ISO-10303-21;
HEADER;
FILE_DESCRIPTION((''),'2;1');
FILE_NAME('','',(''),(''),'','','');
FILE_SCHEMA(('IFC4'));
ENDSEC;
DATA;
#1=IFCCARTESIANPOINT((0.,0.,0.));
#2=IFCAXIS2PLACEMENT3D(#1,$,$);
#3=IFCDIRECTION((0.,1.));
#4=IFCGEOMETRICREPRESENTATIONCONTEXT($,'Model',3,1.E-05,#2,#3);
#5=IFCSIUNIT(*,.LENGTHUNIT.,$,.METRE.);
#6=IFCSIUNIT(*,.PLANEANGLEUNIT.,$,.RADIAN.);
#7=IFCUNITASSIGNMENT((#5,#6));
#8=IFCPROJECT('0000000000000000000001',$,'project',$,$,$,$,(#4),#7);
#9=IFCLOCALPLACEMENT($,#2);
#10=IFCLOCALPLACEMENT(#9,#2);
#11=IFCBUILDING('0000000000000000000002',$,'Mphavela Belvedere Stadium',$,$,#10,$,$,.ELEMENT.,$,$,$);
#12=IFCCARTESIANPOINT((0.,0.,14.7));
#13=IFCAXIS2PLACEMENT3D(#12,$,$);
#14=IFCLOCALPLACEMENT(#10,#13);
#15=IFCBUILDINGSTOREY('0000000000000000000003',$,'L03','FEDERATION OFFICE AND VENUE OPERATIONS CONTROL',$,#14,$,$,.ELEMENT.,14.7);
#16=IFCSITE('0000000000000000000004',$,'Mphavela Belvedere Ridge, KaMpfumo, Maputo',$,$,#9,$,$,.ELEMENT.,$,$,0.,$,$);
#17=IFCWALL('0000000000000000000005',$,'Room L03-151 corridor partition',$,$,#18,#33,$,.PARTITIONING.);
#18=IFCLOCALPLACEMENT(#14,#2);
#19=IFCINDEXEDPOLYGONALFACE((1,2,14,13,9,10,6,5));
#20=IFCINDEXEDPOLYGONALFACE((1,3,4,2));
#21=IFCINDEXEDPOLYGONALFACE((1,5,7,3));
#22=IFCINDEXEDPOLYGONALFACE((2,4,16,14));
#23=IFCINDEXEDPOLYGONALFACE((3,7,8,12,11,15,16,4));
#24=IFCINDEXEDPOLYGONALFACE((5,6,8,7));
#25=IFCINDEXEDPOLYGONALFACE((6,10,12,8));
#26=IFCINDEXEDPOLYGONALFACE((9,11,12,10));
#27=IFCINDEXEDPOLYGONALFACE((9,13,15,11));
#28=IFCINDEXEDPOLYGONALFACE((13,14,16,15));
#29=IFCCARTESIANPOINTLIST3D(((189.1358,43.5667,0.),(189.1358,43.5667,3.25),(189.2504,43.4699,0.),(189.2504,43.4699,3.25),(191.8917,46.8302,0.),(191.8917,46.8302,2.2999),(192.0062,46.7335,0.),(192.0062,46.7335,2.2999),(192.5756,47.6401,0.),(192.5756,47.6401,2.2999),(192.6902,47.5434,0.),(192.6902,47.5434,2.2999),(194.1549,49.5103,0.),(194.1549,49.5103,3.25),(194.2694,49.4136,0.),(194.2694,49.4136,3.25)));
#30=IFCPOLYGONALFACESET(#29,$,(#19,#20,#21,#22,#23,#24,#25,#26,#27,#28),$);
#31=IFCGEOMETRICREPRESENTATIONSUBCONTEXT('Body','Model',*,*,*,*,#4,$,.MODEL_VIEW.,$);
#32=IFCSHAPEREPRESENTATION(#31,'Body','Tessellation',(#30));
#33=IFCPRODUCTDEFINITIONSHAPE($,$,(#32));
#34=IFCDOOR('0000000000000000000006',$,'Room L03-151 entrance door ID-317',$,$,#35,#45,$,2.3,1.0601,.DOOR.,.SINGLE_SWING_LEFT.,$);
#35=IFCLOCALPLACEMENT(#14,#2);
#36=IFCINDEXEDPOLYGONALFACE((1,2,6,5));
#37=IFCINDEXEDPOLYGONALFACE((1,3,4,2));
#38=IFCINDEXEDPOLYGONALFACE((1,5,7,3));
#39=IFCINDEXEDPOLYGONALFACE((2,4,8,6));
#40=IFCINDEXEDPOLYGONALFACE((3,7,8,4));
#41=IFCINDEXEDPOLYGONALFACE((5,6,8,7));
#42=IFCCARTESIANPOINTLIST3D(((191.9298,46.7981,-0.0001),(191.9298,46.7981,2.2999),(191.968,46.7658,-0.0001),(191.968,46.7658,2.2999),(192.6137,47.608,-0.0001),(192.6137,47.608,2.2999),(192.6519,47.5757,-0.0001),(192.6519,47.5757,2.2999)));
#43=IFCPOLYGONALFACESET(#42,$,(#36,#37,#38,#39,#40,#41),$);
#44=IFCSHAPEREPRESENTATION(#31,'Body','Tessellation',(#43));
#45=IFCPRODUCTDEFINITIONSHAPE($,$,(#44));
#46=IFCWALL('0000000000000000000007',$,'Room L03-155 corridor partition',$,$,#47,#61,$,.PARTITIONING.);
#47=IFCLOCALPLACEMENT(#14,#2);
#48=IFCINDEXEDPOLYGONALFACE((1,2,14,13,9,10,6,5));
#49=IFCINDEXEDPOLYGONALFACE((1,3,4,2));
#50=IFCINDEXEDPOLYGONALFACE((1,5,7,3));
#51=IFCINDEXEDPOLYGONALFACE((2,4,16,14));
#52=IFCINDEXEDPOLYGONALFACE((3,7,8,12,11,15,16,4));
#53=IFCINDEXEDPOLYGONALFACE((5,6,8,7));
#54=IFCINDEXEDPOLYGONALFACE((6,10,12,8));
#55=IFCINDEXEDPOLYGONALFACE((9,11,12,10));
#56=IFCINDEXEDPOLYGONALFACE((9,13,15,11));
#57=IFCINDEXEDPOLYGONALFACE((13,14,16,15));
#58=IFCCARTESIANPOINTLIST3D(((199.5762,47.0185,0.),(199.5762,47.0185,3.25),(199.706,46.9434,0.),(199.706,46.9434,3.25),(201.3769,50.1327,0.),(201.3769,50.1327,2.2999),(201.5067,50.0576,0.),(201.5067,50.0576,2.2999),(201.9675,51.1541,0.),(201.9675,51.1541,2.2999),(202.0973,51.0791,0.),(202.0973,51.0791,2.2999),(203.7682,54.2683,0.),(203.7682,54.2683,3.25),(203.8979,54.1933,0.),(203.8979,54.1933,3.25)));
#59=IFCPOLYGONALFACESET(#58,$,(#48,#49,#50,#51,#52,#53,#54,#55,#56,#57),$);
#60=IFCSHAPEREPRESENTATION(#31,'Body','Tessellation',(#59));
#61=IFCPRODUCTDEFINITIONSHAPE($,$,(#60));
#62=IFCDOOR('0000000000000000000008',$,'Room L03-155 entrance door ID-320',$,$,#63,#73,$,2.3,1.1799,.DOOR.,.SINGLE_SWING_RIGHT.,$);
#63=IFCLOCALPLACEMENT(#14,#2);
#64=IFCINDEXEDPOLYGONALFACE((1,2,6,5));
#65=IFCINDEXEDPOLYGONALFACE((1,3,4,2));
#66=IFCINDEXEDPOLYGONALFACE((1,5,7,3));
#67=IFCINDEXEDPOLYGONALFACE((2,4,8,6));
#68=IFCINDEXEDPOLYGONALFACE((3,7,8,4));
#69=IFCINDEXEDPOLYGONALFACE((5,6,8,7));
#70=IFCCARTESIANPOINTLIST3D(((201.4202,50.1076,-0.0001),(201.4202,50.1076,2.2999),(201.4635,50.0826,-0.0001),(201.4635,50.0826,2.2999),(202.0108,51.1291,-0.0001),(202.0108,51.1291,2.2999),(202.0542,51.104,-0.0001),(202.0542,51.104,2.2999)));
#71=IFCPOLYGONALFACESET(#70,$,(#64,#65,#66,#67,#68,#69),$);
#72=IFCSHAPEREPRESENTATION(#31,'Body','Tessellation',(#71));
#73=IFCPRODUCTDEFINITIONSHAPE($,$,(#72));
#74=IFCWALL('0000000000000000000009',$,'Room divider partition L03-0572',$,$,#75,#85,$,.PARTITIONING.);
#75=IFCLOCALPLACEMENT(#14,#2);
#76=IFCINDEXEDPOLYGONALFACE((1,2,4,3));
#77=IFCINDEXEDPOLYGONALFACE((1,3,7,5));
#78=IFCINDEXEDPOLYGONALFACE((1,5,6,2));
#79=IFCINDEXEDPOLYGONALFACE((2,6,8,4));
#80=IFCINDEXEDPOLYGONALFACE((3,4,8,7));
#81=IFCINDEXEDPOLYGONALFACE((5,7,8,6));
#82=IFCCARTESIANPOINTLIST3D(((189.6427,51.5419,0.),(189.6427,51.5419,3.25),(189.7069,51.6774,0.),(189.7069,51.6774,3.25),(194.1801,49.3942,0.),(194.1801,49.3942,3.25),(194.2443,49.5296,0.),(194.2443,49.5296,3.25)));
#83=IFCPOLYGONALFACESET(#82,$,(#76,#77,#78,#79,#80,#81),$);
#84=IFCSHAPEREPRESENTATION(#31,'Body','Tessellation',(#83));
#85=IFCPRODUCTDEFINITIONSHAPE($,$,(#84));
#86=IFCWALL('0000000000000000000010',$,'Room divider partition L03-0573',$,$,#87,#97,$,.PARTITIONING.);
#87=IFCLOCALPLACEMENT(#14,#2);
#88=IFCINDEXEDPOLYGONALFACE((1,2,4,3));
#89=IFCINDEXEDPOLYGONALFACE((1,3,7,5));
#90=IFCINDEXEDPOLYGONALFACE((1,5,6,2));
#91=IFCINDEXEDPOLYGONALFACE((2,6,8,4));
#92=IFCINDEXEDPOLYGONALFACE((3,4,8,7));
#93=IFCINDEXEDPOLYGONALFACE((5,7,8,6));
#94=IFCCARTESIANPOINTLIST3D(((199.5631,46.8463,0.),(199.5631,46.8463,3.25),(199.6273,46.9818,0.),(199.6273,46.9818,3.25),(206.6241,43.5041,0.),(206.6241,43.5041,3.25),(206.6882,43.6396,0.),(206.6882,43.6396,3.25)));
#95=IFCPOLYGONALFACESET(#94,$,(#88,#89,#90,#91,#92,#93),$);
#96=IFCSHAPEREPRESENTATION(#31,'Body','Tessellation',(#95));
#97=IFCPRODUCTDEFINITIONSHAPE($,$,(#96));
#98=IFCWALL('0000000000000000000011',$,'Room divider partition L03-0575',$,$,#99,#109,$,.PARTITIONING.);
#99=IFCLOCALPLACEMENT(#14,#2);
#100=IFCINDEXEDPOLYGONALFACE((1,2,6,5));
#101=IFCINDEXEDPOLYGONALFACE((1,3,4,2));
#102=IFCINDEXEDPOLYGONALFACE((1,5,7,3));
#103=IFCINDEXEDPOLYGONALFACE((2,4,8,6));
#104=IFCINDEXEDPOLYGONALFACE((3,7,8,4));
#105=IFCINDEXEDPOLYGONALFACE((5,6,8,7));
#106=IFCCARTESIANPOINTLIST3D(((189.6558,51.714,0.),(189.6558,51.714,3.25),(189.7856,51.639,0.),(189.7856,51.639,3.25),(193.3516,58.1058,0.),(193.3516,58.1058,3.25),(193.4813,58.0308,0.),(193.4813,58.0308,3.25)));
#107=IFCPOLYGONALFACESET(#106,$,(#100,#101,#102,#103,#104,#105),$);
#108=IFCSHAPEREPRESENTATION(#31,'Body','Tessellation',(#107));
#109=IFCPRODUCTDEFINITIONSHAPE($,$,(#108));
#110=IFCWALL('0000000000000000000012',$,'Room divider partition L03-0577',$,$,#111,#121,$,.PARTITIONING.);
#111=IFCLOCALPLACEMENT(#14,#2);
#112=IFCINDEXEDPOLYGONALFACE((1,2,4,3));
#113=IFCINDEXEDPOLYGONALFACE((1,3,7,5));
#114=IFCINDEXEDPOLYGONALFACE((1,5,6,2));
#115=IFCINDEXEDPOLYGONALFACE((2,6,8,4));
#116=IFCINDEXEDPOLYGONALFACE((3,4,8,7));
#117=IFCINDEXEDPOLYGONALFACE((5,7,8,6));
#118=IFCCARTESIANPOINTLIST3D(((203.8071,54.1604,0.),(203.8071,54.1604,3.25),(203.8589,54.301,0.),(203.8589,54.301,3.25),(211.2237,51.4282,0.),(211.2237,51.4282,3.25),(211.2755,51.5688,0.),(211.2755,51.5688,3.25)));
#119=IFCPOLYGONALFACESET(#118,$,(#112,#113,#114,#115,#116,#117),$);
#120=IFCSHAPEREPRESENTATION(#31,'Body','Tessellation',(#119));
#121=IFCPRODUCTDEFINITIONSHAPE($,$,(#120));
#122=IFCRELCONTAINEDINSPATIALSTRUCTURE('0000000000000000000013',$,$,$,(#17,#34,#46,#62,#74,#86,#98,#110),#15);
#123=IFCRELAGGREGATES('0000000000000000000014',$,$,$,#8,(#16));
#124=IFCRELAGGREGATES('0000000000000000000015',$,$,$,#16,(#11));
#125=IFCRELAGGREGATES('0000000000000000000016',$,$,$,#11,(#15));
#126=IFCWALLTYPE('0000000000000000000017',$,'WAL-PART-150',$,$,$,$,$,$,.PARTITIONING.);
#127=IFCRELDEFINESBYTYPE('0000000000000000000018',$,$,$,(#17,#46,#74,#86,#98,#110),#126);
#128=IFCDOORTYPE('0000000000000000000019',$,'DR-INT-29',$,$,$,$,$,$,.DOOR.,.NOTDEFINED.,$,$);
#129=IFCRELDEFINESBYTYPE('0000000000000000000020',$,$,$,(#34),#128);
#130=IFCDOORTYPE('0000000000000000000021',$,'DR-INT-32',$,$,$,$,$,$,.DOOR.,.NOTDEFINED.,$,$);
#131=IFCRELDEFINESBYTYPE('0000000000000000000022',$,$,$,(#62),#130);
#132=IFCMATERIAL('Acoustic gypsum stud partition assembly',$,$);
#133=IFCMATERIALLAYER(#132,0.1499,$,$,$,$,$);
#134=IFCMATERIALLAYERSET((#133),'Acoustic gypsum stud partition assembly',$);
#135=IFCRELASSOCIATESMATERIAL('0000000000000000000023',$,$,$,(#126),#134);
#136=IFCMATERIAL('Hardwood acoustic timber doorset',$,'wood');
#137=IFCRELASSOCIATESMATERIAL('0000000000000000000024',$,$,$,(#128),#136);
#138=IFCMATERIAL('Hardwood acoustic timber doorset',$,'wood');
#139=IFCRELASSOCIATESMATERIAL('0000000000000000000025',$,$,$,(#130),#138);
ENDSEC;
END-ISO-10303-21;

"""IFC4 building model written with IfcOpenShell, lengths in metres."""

from ifc_helpers import new_model, si_unit, direction, frame, frame_2d, origin, place, context, subcontext, project, spatial, rectangle, extrude, material, layer, layer_set, type_object, element, fill, save


model = new_model("IFC4")

# Units and contexts
model_context = context("Model", 3, precision=1e-05, world=origin(), true_north=direction((0.0, 1.0)))
body_context = subcontext(model_context, "Body", "Model", "MODEL_VIEW")
ifc_project = project(units=[si_unit("LENGTHUNIT", "METRE"), si_unit("PLANEANGLEUNIT", "RADIAN")], contexts=[model_context])

# Site, building, storey
site_placement = place(None, origin())
site = spatial("IfcSite", under=ifc_project, at=site_placement, Name="Mphavela Belvedere Ridge, KaMpfumo, Maputo", CompositionType="ELEMENT", RefElevation=0.0)
building_placement = place(site_placement, origin())
building = spatial("IfcBuilding", under=site, at=building_placement, Name="Mphavela Belvedere Stadium", CompositionType="ELEMENT")
storey_placement = place(building_placement, frame((0.0, 0.0, 14.7)))
storey = spatial("IfcBuildingStorey", under=building, at=storey_placement, Name="L03", Description="FEDERATION OFFICE AND VENUE OPERATIONS CONTROL", CompositionType="ELEMENT", Elevation=14.7)

# Walls, openings, doors
ifc_material_1 = material(Name="Acoustic gypsum stud partition assembly")
ifc_layer_1 = layer(ifc_material_1, 0.1499)
ifc_layer_set_1 = layer_set([ifc_layer_1], Name="Acoustic gypsum stud partition assembly")
wall_type = type_object("IfcWallType", Name="WAL-PART-150", PredefinedType="PARTITIONING", material=ifc_layer_set_1)
wall_1_placement = place(storey_placement, frame((194.2122, 49.4619, 0.0), z_axis=(0.0, 0.0, 1.0), x_axis=(-0.645181, -0.76403, 0.0)))
wall_1 = element("IfcWall", 1, at=wall_1_placement, inside=storey, type_object=wall_type, Name="Room L03-151 corridor partition", PredefinedType="PARTITIONING", context=body_context, shape_type="SweptSolid", body=[
    extrude(rectangle(XDim=7.7793, YDim=0.1499, at=frame_2d((3.8896, 0.0))), origin(), (0.0, 0.0, 1.0), 3.25),
])
opening_1_placement = place(wall_1_placement, frame((2.4478, 0.0, 0.0)))
opening_1 = element("IfcOpeningElement", 2, at=opening_1_placement, cuts=wall_1, PredefinedType="OPENING", context=body_context, shape_type="SweptSolid", body=[
    extrude(rectangle(XDim=1.0601, YDim=2.3, at=frame_2d((0.53, 1.1499))), frame((0.0, 0.085, 0.0), z_axis=(0.0, -1.0, 0.0), x_axis=(1.0, 0.0, 0.0)), (0.0, 0.0, 1.0), 0.1699),
])
ifc_material_2 = material(Name="Hardwood acoustic timber doorset", Category="wood")
door_type_1 = type_object("IfcDoorType", Name="DR-INT-29", OperationType="NOTDEFINED", PredefinedType="DOOR", material=ifc_material_2)
door_1_placement = place(opening_1_placement, origin())
door_1 = element("IfcDoor", 3, at=door_1_placement, inside=storey, type_object=door_type_1, Name="Room L03-151 entrance door ID-317", OperationType="SINGLE_SWING_LEFT", OverallHeight=2.3, OverallWidth=1.0601, PredefinedType="DOOR", context=body_context, shape_type="SweptSolid", body=[
    extrude(rectangle(XDim=1.0601, YDim=2.3, at=frame_2d((0.53, 1.1499))), frame((0.0, 0.0249, 0.0), z_axis=(0.0, -1.0, 0.0), x_axis=(1.0, 0.0, 0.0)), (0.0, 0.0, 1.0), 0.05),
])
fill(opening_1, door_1)
wall_2_placement = place(storey_placement, frame((199.6411, 46.981, 0.0), z_axis=(0.0, 0.0, 1.0), x_axis=(0.500559, 0.865702, 0.0)))
wall_2 = element("IfcWall", 4, at=wall_2_placement, inside=storey, type_object=wall_type, Name="Room L03-155 corridor partition", PredefinedType="PARTITIONING", context=body_context, shape_type="SweptSolid", body=[
    extrude(rectangle(XDim=8.3745, YDim=0.1499, at=frame_2d((4.1873, 0.0))), origin(), (0.0, 0.0, 1.0), 3.25),
])
opening_2_placement = place(wall_2_placement, frame((3.5974, 0.0, 0.0)))
opening_2 = element("IfcOpeningElement", 5, at=opening_2_placement, cuts=wall_2, PredefinedType="OPENING", context=body_context, shape_type="SweptSolid", body=[
    extrude(rectangle(XDim=1.1799, YDim=2.3, at=frame_2d((0.5898, 1.1499))), frame((0.0, 0.085, 0.0), z_axis=(0.0, -1.0, 0.0), x_axis=(1.0, 0.0, 0.0)), (0.0, 0.0, 1.0), 0.1699),
])
ifc_material_3 = material(Name="Hardwood acoustic timber doorset", Category="wood")
door_type_2 = type_object("IfcDoorType", Name="DR-INT-32", OperationType="NOTDEFINED", PredefinedType="DOOR", material=ifc_material_3)
door_2_placement = place(opening_2_placement, origin())
door_2 = element("IfcDoor", 6, at=door_2_placement, inside=storey, type_object=door_type_2, Name="Room L03-155 entrance door ID-320", OperationType="SINGLE_SWING_RIGHT", OverallHeight=2.3, OverallWidth=1.1799, PredefinedType="DOOR", context=body_context, shape_type="SweptSolid", body=[
    extrude(rectangle(XDim=1.1799, YDim=2.3, at=frame_2d((0.5898, 1.1499))), frame((0.0, 0.0249, 0.0), z_axis=(0.0, -1.0, 0.0), x_axis=(1.0, 0.0, 0.0)), (0.0, 0.0, 1.0), 0.05),
])
fill(opening_2, door_2)

# Walls
wall_3_placement = place(storey_placement, frame((189.6748, 51.6096, 0.0), z_axis=(0.0, 0.0, 1.0), x_axis=(0.903859, -0.427831, 0.0)))
element("IfcWall", 7, at=wall_3_placement, inside=storey, type_object=wall_type, Name="Room divider partition L03-0572", PredefinedType="PARTITIONING", context=body_context, shape_type="SweptSolid", body=[
    extrude(rectangle(XDim=5.02, YDim=0.1499, at=frame_2d((2.51, 0.0))), origin(), (0.0, 0.0, 1.0), 3.25),
])
wall_4_placement = place(storey_placement, frame((199.5952, 46.9141, 0.0), z_axis=(0.0, 0.0, 1.0), x_axis=(0.903857, -0.427834, 0.0)))
element("IfcWall", 8, at=wall_4_placement, inside=storey, type_object=wall_type, Name="Room divider partition L03-0573", PredefinedType="PARTITIONING", context=body_context, shape_type="SweptSolid", body=[
    extrude(rectangle(XDim=7.812, YDim=0.1499, at=frame_2d((3.906, 0.0))), origin(), (0.0, 0.0, 1.0), 3.25),
])
wall_5_placement = place(storey_placement, frame((189.7207, 51.6765, 0.0), z_axis=(0.0, 0.0, 1.0), x_axis=(0.500555, 0.865705, 0.0)))
element("IfcWall", 9, at=wall_5_placement, inside=storey, type_object=wall_type, Name="Room divider partition L03-0575", PredefinedType="PARTITIONING", context=body_context, shape_type="SweptSolid", body=[
    extrude(rectangle(XDim=7.3833, YDim=0.1499, at=frame_2d((3.6917, 0.0))), origin(), (0.0, 0.0, 1.0), 3.25),
])
wall_6_placement = place(storey_placement, frame((203.833, 54.2307, 0.0), z_axis=(0.0, 0.0, 1.0), x_axis=(0.938352, -0.345681, 0.0)))
element("IfcWall", 10, at=wall_6_placement, inside=storey, type_object=wall_type, Name="Room divider partition L03-0577", PredefinedType="PARTITIONING", context=body_context, shape_type="SweptSolid", body=[
    extrude(rectangle(XDim=7.9038, YDim=0.1499, at=frame_2d((3.9519, 0.0))), origin(), (0.0, 0.0, 1.0), 3.25),
])

save(model, "model.ifc")
